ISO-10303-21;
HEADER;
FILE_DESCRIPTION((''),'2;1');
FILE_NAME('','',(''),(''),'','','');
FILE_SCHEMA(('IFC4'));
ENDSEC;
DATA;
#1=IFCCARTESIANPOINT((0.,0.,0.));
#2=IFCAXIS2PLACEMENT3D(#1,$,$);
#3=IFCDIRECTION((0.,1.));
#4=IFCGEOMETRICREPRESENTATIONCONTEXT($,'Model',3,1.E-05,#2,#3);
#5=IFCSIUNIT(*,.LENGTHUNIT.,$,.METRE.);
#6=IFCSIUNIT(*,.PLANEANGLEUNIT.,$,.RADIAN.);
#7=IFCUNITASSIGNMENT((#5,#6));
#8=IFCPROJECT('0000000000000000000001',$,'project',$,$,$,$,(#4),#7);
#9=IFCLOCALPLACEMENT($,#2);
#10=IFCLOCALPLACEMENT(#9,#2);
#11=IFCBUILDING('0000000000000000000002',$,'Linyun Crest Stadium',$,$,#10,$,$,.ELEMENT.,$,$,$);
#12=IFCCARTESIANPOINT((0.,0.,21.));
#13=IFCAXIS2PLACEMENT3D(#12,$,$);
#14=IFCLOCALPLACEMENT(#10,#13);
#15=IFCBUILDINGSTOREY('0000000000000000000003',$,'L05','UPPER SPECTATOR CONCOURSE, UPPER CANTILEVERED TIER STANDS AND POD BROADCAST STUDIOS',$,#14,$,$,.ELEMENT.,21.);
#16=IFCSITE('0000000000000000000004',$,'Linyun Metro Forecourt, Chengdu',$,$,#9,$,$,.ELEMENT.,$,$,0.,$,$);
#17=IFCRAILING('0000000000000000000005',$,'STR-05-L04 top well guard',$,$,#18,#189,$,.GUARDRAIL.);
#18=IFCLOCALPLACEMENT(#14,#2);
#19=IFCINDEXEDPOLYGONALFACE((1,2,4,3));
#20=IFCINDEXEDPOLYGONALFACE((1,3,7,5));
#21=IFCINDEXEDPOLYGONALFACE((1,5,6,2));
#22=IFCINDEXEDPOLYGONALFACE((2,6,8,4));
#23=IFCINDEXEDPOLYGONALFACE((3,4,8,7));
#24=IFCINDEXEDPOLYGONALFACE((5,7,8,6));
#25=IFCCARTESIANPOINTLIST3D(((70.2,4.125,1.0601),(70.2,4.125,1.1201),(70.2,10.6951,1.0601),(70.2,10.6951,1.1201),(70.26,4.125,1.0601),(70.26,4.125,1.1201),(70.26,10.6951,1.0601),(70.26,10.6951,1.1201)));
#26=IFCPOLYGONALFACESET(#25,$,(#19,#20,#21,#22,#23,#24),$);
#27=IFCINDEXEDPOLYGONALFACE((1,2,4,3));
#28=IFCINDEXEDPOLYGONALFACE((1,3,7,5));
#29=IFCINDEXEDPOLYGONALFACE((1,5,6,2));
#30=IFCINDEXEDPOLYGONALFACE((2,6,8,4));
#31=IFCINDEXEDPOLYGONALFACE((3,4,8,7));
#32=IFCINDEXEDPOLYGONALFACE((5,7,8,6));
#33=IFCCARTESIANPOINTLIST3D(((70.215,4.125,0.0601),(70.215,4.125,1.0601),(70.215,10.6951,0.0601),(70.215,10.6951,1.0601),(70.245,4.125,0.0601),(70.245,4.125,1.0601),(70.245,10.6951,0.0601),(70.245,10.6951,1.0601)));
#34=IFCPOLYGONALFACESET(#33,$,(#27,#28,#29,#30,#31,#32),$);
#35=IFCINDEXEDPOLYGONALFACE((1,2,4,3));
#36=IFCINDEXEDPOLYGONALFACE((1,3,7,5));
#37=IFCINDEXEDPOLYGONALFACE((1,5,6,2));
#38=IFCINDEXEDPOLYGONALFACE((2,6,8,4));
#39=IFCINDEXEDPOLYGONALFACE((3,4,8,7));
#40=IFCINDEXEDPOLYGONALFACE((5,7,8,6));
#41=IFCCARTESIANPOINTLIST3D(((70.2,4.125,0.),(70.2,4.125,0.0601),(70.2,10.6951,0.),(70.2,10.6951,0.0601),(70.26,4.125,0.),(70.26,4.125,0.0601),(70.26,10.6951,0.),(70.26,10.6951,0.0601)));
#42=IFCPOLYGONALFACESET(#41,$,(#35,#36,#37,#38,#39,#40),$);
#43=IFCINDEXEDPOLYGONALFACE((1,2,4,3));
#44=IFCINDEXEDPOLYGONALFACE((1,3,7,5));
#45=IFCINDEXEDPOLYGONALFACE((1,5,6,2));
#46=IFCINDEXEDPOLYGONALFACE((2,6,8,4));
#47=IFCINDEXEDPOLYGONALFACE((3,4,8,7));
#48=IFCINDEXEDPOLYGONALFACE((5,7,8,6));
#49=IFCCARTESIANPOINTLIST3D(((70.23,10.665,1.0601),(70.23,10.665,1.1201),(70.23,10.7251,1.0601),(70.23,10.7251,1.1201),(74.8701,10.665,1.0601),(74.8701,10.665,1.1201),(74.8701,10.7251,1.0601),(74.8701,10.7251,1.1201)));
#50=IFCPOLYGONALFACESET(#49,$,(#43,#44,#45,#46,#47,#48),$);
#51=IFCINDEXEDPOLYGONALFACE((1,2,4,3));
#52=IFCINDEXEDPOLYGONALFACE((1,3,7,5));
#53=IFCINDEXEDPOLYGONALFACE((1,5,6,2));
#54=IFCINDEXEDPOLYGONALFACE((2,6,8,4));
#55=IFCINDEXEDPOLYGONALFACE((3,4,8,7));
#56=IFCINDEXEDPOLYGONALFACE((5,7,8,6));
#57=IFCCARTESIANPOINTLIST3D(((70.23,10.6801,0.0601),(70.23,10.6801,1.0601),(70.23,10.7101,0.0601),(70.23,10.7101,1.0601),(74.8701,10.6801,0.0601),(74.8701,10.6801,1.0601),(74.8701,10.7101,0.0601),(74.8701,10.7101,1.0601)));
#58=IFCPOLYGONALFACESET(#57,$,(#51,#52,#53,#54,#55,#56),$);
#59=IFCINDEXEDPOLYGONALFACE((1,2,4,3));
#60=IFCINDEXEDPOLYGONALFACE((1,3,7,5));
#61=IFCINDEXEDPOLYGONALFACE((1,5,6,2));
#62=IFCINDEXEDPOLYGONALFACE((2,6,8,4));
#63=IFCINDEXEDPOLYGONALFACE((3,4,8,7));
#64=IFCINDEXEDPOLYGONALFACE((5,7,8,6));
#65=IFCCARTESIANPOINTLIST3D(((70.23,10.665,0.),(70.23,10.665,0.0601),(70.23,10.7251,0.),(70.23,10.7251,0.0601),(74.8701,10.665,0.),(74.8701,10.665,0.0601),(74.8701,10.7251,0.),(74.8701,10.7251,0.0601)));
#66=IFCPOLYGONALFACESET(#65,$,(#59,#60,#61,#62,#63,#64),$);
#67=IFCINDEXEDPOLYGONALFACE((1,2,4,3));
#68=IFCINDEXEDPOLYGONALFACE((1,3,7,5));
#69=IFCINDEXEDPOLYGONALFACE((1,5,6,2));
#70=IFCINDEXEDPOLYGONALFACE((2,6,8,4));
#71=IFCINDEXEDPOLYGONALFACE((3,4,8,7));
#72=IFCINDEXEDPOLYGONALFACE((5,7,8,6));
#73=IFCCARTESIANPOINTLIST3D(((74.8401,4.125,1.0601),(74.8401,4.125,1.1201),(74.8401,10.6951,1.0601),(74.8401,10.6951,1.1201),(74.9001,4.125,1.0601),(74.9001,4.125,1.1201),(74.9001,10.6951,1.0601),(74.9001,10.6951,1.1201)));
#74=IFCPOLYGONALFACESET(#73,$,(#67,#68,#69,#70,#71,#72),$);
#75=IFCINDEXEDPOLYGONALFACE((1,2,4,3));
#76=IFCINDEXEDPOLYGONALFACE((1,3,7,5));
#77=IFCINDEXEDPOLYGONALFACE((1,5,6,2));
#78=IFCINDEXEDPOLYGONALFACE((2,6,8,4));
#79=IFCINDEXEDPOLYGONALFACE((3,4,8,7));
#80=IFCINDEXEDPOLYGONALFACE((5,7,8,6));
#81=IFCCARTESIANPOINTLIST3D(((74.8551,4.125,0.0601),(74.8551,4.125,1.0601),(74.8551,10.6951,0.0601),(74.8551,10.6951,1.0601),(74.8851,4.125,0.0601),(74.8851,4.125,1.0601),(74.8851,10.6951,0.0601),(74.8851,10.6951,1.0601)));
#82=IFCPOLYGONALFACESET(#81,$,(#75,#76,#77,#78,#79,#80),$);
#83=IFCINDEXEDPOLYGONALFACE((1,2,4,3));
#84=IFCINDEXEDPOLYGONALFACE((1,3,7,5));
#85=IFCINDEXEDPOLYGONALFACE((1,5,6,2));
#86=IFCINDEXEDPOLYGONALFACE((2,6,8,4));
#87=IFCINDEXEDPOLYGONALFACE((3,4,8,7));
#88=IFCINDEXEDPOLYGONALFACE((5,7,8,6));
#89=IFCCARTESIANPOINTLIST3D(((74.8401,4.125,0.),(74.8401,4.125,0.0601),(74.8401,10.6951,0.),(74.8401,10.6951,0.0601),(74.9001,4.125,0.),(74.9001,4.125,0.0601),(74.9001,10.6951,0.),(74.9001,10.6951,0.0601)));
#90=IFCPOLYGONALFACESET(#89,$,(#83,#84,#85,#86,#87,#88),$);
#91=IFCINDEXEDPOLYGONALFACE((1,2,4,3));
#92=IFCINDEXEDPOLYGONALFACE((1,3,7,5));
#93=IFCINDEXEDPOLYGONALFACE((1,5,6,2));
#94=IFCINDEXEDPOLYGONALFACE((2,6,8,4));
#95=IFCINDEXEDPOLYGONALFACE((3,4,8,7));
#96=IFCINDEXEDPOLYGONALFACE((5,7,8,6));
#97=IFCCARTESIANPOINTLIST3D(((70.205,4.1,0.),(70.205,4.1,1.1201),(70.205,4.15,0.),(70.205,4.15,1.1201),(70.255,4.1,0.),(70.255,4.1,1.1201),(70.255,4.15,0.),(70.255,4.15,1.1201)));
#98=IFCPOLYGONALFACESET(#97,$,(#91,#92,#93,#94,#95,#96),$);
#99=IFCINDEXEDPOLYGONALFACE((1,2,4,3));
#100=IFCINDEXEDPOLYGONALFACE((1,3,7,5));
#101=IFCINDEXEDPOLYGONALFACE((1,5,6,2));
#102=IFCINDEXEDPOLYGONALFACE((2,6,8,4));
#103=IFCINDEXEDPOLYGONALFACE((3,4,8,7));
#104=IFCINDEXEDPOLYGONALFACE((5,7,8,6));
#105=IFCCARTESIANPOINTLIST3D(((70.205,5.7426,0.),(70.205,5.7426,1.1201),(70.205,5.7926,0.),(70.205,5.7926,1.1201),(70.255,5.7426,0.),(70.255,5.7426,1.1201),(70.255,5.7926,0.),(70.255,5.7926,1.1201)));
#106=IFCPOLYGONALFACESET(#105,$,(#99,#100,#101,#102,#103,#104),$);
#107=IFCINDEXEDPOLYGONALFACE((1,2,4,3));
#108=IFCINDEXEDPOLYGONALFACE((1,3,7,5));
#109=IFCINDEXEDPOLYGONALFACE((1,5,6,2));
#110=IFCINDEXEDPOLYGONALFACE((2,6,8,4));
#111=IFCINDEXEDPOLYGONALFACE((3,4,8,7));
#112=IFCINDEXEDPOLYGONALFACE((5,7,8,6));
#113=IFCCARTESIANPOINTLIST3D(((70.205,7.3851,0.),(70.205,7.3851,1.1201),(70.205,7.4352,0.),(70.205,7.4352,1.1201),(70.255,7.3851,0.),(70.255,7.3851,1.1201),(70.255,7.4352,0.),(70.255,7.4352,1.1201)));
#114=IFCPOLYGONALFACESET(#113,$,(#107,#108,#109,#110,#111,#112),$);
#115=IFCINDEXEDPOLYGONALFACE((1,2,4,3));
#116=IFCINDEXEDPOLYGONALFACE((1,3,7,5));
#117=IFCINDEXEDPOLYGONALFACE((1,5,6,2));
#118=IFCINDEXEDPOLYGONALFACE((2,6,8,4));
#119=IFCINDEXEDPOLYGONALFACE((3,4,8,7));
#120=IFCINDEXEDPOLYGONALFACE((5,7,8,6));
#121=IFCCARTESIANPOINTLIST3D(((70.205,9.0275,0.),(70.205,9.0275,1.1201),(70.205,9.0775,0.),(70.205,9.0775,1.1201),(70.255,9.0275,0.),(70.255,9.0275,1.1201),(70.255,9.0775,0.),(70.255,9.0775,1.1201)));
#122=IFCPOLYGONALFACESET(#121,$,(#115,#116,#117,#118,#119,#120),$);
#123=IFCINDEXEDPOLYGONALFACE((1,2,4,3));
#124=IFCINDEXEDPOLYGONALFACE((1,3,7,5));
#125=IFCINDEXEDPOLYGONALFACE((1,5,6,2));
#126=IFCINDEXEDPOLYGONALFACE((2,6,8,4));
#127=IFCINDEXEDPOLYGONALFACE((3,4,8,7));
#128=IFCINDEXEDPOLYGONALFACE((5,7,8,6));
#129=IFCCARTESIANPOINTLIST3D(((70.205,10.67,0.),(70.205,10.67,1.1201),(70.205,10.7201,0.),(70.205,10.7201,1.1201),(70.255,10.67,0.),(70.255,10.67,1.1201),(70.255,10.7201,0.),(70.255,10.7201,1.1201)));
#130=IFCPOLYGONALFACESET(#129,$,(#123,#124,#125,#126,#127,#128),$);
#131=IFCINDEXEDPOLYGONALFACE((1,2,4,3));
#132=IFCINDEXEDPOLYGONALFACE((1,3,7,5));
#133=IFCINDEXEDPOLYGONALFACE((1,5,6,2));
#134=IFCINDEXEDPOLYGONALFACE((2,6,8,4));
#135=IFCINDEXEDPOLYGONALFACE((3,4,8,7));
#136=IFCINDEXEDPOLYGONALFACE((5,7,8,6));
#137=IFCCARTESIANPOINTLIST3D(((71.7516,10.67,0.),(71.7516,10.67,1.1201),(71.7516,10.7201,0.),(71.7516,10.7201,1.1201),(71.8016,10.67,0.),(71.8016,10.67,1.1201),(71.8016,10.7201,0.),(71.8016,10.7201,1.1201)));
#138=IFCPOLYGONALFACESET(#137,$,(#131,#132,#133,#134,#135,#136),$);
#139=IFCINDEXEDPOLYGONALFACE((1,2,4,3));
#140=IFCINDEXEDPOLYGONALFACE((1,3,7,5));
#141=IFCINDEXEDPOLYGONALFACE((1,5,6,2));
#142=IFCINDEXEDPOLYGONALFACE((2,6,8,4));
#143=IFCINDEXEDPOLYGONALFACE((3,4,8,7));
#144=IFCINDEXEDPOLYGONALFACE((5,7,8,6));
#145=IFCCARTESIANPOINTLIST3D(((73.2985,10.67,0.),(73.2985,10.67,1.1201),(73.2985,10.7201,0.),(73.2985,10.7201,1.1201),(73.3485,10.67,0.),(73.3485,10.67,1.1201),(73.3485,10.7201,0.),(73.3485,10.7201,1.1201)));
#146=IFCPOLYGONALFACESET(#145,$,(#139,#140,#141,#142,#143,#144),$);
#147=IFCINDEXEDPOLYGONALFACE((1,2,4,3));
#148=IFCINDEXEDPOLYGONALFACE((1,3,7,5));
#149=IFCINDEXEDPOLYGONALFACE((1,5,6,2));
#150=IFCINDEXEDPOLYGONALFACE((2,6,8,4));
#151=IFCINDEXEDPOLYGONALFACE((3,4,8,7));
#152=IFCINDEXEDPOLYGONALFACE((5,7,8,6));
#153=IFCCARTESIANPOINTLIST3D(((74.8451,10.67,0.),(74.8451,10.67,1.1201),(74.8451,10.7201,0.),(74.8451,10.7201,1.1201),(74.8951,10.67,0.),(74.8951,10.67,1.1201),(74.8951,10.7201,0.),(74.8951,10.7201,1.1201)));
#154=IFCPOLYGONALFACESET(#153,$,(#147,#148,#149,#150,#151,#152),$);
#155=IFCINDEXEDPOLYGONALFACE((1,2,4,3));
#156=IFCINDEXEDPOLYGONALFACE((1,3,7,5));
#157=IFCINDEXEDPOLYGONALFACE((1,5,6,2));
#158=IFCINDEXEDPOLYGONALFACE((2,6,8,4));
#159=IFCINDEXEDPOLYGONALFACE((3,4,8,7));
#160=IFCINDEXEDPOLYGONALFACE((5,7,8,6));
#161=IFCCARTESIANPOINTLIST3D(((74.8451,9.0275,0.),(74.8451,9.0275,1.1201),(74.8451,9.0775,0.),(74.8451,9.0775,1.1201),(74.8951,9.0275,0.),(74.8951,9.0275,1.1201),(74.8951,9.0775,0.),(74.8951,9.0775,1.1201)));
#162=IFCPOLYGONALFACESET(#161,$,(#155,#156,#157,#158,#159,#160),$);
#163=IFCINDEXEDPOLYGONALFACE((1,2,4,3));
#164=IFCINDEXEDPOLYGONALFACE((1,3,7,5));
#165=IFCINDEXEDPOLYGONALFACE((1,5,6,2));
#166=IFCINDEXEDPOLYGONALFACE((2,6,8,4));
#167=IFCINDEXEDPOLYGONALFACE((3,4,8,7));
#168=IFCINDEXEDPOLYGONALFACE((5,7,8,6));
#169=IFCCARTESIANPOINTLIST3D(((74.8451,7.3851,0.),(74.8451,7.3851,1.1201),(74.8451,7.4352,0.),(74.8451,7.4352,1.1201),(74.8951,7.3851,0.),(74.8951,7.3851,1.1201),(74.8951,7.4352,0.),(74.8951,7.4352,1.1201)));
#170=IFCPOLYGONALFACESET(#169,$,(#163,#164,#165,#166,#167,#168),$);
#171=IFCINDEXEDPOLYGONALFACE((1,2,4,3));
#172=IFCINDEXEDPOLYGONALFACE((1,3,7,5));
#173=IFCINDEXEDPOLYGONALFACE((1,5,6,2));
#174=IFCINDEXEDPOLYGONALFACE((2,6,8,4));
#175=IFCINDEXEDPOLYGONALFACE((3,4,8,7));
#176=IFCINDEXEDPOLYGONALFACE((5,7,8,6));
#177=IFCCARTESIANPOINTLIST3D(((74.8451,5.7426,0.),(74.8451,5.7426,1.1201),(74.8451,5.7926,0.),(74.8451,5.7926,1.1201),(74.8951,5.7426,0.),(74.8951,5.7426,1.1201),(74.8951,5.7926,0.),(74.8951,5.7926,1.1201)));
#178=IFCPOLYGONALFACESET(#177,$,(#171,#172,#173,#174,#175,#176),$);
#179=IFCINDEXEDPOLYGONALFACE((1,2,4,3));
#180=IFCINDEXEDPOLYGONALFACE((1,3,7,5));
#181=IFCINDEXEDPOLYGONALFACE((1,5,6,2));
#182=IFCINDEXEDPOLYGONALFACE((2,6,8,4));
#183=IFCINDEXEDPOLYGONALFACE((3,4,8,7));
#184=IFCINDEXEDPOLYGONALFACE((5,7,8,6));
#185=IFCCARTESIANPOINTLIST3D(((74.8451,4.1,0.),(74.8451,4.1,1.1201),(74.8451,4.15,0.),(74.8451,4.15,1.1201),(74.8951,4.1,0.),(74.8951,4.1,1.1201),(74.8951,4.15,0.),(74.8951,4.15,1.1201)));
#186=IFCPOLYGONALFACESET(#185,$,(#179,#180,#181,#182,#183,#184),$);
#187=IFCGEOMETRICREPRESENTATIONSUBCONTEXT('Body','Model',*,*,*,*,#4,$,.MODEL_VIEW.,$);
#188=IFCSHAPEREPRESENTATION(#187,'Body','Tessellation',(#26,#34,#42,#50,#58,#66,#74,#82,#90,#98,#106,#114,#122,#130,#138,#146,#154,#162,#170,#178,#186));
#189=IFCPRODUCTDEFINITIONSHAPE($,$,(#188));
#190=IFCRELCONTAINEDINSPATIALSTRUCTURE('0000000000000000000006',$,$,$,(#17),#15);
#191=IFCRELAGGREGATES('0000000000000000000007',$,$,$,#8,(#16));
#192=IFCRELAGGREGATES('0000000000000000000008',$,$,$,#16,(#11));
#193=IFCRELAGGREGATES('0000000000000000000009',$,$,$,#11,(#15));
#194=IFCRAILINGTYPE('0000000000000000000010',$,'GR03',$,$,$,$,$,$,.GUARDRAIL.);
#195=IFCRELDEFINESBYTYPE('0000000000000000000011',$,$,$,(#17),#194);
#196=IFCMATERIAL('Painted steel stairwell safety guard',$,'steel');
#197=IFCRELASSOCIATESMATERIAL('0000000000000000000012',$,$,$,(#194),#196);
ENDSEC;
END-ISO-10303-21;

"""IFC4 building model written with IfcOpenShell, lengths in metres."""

from ifc_helpers import new_model, si_unit, direction, frame, origin, origin_2d, place, context, subcontext, project, spatial, rectangle, extrude, material, type_object, element, save


model = new_model("IFC4")

# Units and contexts
model_context = context("Model", 3, precision=1e-05, world=origin(), true_north=direction((0.0, 1.0)))
body_context = subcontext(model_context, "Body", "Model", "MODEL_VIEW")
ifc_project = project(units=[si_unit("LENGTHUNIT", "METRE"), si_unit("PLANEANGLEUNIT", "RADIAN")], contexts=[model_context])

# Site, building, storey
site_placement = place(None, origin())
site = spatial("IfcSite", under=ifc_project, at=site_placement, Name="Linyun Metro Forecourt, Chengdu", CompositionType="ELEMENT", RefElevation=0.0)
building_placement = place(site_placement, origin())
building = spatial("IfcBuilding", under=site, at=building_placement, Name="Linyun Crest Stadium", CompositionType="ELEMENT")
storey_placement = place(building_placement, frame((0.0, 0.0, 21.0)))
storey = spatial("IfcBuildingStorey", under=building, at=storey_placement, Name="L05", Description="UPPER SPECTATOR CONCOURSE, UPPER CANTILEVERED TIER STANDS AND POD BROADCAST STUDIOS", CompositionType="ELEMENT", Elevation=21.0)

# Railing
ifc_material_1 = material(Name="Painted steel stairwell safety guard", Category="steel")
railing_type_1 = type_object("IfcRailingType", Name="GR03", PredefinedType="GUARDRAIL", material=ifc_material_1)
railing_1_placement = place(storey_placement, frame((70.23, 4.125, 0.0)))
element("IfcRailing", 1, at=railing_1_placement, inside=storey, type_object=railing_type_1, Name="STR-05-L04 top well guard", PredefinedType="GUARDRAIL", context=body_context, shape_type="SweptSolid", body=[
    extrude(rectangle(XDim=0.0601, YDim=0.0601, at=origin_2d()), frame((0.0, 0.0, 1.0901), z_axis=(0.0, 1.0, 0.0), x_axis=(-1.0, 0.0, 0.0)), (0.0, 0.0, 1.0), 6.5701),
    extrude(rectangle(XDim=0.03, YDim=1.0, at=origin_2d()), frame((0.0, 0.0, 0.5601), z_axis=(0.0, 1.0, 0.0), x_axis=(-1.0, 0.0, 0.0)), (0.0, 0.0, 1.0), 6.5701),
    extrude(rectangle(XDim=0.0601, YDim=0.0601, at=origin_2d()), frame((0.0, 0.0, 0.03), z_axis=(0.0, 1.0, 0.0), x_axis=(-1.0, 0.0, 0.0)), (0.0, 0.0, 1.0), 6.5701),
    extrude(rectangle(XDim=0.0601, YDim=0.0601, at=origin_2d()), frame((0.0, 6.5701, 1.0901), z_axis=(1.0, 0.0, 0.0), x_axis=(0.0, 1.0, 0.0)), (0.0, 0.0, 1.0), 4.6401),
    extrude(rectangle(XDim=0.03, YDim=1.0, at=origin_2d()), frame((0.0, 6.5701, 0.5601), z_axis=(1.0, 0.0, 0.0), x_axis=(0.0, 1.0, 0.0)), (0.0, 0.0, 1.0), 4.6401),
    extrude(rectangle(XDim=0.0601, YDim=0.0601, at=origin_2d()), frame((0.0, 6.5701, 0.03), z_axis=(1.0, 0.0, 0.0), x_axis=(0.0, 1.0, 0.0)), (0.0, 0.0, 1.0), 4.6401),
    extrude(rectangle(XDim=0.0601, YDim=0.0601, at=origin_2d()), frame((4.6401, 6.5701, 1.0901), z_axis=(0.0, -1.0, 0.0), x_axis=(1.0, 0.0, 0.0)), (0.0, 0.0, 1.0), 6.5701),
    extrude(rectangle(XDim=0.03, YDim=1.0, at=origin_2d()), frame((4.6401, 6.5701, 0.5601), z_axis=(0.0, -1.0, 0.0), x_axis=(1.0, 0.0, 0.0)), (0.0, 0.0, 1.0), 6.5701),
    extrude(rectangle(XDim=0.0601, YDim=0.0601, at=origin_2d()), frame((4.6401, 6.5701, 0.03), z_axis=(0.0, -1.0, 0.0), x_axis=(1.0, 0.0, 0.0)), (0.0, 0.0, 1.0), 6.5701),
    extrude(rectangle(XDim=0.05, YDim=0.05, at=origin_2d()), origin(), (0.0, 0.0, 1.0), 1.1201),
    extrude(rectangle(XDim=0.05, YDim=0.05, at=origin_2d()), frame((0.0, 1.6426, 0.0)), (0.0, 0.0, 1.0), 1.1201),
    extrude(rectangle(XDim=0.05, YDim=0.05, at=origin_2d()), frame((0.0, 3.2852, 0.0)), (0.0, 0.0, 1.0), 1.1201),
    extrude(rectangle(XDim=0.05, YDim=0.05, at=origin_2d()), frame((0.0, 4.9275, 0.0)), (0.0, 0.0, 1.0), 1.1201),
    extrude(rectangle(XDim=0.05, YDim=0.05, at=origin_2d()), frame((0.0, 6.5701, 0.0)), (0.0, 0.0, 1.0), 1.1201),
    extrude(rectangle(XDim=0.05, YDim=0.05, at=origin_2d()), frame((1.5466, 6.5701, 0.0)), (0.0, 0.0, 1.0), 1.1201),
    extrude(rectangle(XDim=0.05, YDim=0.05, at=origin_2d()), frame((3.0935, 6.5701, 0.0)), (0.0, 0.0, 1.0), 1.1201),
    extrude(rectangle(XDim=0.05, YDim=0.05, at=origin_2d()), frame((4.6401, 6.5701, 0.0)), (0.0, 0.0, 1.0), 1.1201),
    extrude(rectangle(XDim=0.05, YDim=0.05, at=origin_2d()), frame((4.6401, 4.9275, 0.0)), (0.0, 0.0, 1.0), 1.1201),
    extrude(rectangle(XDim=0.05, YDim=0.05, at=origin_2d()), frame((4.6401, 3.2852, 0.0)), (0.0, 0.0, 1.0), 1.1201),
    extrude(rectangle(XDim=0.05, YDim=0.05, at=origin_2d()), frame((4.6401, 1.6426, 0.0)), (0.0, 0.0, 1.0), 1.1201),
    extrude(rectangle(XDim=0.05, YDim=0.05, at=origin_2d()), frame((4.6401, 0.0, 0.0)), (0.0, 0.0, 1.0), 1.1201),
])

save(model, "model.ifc")
